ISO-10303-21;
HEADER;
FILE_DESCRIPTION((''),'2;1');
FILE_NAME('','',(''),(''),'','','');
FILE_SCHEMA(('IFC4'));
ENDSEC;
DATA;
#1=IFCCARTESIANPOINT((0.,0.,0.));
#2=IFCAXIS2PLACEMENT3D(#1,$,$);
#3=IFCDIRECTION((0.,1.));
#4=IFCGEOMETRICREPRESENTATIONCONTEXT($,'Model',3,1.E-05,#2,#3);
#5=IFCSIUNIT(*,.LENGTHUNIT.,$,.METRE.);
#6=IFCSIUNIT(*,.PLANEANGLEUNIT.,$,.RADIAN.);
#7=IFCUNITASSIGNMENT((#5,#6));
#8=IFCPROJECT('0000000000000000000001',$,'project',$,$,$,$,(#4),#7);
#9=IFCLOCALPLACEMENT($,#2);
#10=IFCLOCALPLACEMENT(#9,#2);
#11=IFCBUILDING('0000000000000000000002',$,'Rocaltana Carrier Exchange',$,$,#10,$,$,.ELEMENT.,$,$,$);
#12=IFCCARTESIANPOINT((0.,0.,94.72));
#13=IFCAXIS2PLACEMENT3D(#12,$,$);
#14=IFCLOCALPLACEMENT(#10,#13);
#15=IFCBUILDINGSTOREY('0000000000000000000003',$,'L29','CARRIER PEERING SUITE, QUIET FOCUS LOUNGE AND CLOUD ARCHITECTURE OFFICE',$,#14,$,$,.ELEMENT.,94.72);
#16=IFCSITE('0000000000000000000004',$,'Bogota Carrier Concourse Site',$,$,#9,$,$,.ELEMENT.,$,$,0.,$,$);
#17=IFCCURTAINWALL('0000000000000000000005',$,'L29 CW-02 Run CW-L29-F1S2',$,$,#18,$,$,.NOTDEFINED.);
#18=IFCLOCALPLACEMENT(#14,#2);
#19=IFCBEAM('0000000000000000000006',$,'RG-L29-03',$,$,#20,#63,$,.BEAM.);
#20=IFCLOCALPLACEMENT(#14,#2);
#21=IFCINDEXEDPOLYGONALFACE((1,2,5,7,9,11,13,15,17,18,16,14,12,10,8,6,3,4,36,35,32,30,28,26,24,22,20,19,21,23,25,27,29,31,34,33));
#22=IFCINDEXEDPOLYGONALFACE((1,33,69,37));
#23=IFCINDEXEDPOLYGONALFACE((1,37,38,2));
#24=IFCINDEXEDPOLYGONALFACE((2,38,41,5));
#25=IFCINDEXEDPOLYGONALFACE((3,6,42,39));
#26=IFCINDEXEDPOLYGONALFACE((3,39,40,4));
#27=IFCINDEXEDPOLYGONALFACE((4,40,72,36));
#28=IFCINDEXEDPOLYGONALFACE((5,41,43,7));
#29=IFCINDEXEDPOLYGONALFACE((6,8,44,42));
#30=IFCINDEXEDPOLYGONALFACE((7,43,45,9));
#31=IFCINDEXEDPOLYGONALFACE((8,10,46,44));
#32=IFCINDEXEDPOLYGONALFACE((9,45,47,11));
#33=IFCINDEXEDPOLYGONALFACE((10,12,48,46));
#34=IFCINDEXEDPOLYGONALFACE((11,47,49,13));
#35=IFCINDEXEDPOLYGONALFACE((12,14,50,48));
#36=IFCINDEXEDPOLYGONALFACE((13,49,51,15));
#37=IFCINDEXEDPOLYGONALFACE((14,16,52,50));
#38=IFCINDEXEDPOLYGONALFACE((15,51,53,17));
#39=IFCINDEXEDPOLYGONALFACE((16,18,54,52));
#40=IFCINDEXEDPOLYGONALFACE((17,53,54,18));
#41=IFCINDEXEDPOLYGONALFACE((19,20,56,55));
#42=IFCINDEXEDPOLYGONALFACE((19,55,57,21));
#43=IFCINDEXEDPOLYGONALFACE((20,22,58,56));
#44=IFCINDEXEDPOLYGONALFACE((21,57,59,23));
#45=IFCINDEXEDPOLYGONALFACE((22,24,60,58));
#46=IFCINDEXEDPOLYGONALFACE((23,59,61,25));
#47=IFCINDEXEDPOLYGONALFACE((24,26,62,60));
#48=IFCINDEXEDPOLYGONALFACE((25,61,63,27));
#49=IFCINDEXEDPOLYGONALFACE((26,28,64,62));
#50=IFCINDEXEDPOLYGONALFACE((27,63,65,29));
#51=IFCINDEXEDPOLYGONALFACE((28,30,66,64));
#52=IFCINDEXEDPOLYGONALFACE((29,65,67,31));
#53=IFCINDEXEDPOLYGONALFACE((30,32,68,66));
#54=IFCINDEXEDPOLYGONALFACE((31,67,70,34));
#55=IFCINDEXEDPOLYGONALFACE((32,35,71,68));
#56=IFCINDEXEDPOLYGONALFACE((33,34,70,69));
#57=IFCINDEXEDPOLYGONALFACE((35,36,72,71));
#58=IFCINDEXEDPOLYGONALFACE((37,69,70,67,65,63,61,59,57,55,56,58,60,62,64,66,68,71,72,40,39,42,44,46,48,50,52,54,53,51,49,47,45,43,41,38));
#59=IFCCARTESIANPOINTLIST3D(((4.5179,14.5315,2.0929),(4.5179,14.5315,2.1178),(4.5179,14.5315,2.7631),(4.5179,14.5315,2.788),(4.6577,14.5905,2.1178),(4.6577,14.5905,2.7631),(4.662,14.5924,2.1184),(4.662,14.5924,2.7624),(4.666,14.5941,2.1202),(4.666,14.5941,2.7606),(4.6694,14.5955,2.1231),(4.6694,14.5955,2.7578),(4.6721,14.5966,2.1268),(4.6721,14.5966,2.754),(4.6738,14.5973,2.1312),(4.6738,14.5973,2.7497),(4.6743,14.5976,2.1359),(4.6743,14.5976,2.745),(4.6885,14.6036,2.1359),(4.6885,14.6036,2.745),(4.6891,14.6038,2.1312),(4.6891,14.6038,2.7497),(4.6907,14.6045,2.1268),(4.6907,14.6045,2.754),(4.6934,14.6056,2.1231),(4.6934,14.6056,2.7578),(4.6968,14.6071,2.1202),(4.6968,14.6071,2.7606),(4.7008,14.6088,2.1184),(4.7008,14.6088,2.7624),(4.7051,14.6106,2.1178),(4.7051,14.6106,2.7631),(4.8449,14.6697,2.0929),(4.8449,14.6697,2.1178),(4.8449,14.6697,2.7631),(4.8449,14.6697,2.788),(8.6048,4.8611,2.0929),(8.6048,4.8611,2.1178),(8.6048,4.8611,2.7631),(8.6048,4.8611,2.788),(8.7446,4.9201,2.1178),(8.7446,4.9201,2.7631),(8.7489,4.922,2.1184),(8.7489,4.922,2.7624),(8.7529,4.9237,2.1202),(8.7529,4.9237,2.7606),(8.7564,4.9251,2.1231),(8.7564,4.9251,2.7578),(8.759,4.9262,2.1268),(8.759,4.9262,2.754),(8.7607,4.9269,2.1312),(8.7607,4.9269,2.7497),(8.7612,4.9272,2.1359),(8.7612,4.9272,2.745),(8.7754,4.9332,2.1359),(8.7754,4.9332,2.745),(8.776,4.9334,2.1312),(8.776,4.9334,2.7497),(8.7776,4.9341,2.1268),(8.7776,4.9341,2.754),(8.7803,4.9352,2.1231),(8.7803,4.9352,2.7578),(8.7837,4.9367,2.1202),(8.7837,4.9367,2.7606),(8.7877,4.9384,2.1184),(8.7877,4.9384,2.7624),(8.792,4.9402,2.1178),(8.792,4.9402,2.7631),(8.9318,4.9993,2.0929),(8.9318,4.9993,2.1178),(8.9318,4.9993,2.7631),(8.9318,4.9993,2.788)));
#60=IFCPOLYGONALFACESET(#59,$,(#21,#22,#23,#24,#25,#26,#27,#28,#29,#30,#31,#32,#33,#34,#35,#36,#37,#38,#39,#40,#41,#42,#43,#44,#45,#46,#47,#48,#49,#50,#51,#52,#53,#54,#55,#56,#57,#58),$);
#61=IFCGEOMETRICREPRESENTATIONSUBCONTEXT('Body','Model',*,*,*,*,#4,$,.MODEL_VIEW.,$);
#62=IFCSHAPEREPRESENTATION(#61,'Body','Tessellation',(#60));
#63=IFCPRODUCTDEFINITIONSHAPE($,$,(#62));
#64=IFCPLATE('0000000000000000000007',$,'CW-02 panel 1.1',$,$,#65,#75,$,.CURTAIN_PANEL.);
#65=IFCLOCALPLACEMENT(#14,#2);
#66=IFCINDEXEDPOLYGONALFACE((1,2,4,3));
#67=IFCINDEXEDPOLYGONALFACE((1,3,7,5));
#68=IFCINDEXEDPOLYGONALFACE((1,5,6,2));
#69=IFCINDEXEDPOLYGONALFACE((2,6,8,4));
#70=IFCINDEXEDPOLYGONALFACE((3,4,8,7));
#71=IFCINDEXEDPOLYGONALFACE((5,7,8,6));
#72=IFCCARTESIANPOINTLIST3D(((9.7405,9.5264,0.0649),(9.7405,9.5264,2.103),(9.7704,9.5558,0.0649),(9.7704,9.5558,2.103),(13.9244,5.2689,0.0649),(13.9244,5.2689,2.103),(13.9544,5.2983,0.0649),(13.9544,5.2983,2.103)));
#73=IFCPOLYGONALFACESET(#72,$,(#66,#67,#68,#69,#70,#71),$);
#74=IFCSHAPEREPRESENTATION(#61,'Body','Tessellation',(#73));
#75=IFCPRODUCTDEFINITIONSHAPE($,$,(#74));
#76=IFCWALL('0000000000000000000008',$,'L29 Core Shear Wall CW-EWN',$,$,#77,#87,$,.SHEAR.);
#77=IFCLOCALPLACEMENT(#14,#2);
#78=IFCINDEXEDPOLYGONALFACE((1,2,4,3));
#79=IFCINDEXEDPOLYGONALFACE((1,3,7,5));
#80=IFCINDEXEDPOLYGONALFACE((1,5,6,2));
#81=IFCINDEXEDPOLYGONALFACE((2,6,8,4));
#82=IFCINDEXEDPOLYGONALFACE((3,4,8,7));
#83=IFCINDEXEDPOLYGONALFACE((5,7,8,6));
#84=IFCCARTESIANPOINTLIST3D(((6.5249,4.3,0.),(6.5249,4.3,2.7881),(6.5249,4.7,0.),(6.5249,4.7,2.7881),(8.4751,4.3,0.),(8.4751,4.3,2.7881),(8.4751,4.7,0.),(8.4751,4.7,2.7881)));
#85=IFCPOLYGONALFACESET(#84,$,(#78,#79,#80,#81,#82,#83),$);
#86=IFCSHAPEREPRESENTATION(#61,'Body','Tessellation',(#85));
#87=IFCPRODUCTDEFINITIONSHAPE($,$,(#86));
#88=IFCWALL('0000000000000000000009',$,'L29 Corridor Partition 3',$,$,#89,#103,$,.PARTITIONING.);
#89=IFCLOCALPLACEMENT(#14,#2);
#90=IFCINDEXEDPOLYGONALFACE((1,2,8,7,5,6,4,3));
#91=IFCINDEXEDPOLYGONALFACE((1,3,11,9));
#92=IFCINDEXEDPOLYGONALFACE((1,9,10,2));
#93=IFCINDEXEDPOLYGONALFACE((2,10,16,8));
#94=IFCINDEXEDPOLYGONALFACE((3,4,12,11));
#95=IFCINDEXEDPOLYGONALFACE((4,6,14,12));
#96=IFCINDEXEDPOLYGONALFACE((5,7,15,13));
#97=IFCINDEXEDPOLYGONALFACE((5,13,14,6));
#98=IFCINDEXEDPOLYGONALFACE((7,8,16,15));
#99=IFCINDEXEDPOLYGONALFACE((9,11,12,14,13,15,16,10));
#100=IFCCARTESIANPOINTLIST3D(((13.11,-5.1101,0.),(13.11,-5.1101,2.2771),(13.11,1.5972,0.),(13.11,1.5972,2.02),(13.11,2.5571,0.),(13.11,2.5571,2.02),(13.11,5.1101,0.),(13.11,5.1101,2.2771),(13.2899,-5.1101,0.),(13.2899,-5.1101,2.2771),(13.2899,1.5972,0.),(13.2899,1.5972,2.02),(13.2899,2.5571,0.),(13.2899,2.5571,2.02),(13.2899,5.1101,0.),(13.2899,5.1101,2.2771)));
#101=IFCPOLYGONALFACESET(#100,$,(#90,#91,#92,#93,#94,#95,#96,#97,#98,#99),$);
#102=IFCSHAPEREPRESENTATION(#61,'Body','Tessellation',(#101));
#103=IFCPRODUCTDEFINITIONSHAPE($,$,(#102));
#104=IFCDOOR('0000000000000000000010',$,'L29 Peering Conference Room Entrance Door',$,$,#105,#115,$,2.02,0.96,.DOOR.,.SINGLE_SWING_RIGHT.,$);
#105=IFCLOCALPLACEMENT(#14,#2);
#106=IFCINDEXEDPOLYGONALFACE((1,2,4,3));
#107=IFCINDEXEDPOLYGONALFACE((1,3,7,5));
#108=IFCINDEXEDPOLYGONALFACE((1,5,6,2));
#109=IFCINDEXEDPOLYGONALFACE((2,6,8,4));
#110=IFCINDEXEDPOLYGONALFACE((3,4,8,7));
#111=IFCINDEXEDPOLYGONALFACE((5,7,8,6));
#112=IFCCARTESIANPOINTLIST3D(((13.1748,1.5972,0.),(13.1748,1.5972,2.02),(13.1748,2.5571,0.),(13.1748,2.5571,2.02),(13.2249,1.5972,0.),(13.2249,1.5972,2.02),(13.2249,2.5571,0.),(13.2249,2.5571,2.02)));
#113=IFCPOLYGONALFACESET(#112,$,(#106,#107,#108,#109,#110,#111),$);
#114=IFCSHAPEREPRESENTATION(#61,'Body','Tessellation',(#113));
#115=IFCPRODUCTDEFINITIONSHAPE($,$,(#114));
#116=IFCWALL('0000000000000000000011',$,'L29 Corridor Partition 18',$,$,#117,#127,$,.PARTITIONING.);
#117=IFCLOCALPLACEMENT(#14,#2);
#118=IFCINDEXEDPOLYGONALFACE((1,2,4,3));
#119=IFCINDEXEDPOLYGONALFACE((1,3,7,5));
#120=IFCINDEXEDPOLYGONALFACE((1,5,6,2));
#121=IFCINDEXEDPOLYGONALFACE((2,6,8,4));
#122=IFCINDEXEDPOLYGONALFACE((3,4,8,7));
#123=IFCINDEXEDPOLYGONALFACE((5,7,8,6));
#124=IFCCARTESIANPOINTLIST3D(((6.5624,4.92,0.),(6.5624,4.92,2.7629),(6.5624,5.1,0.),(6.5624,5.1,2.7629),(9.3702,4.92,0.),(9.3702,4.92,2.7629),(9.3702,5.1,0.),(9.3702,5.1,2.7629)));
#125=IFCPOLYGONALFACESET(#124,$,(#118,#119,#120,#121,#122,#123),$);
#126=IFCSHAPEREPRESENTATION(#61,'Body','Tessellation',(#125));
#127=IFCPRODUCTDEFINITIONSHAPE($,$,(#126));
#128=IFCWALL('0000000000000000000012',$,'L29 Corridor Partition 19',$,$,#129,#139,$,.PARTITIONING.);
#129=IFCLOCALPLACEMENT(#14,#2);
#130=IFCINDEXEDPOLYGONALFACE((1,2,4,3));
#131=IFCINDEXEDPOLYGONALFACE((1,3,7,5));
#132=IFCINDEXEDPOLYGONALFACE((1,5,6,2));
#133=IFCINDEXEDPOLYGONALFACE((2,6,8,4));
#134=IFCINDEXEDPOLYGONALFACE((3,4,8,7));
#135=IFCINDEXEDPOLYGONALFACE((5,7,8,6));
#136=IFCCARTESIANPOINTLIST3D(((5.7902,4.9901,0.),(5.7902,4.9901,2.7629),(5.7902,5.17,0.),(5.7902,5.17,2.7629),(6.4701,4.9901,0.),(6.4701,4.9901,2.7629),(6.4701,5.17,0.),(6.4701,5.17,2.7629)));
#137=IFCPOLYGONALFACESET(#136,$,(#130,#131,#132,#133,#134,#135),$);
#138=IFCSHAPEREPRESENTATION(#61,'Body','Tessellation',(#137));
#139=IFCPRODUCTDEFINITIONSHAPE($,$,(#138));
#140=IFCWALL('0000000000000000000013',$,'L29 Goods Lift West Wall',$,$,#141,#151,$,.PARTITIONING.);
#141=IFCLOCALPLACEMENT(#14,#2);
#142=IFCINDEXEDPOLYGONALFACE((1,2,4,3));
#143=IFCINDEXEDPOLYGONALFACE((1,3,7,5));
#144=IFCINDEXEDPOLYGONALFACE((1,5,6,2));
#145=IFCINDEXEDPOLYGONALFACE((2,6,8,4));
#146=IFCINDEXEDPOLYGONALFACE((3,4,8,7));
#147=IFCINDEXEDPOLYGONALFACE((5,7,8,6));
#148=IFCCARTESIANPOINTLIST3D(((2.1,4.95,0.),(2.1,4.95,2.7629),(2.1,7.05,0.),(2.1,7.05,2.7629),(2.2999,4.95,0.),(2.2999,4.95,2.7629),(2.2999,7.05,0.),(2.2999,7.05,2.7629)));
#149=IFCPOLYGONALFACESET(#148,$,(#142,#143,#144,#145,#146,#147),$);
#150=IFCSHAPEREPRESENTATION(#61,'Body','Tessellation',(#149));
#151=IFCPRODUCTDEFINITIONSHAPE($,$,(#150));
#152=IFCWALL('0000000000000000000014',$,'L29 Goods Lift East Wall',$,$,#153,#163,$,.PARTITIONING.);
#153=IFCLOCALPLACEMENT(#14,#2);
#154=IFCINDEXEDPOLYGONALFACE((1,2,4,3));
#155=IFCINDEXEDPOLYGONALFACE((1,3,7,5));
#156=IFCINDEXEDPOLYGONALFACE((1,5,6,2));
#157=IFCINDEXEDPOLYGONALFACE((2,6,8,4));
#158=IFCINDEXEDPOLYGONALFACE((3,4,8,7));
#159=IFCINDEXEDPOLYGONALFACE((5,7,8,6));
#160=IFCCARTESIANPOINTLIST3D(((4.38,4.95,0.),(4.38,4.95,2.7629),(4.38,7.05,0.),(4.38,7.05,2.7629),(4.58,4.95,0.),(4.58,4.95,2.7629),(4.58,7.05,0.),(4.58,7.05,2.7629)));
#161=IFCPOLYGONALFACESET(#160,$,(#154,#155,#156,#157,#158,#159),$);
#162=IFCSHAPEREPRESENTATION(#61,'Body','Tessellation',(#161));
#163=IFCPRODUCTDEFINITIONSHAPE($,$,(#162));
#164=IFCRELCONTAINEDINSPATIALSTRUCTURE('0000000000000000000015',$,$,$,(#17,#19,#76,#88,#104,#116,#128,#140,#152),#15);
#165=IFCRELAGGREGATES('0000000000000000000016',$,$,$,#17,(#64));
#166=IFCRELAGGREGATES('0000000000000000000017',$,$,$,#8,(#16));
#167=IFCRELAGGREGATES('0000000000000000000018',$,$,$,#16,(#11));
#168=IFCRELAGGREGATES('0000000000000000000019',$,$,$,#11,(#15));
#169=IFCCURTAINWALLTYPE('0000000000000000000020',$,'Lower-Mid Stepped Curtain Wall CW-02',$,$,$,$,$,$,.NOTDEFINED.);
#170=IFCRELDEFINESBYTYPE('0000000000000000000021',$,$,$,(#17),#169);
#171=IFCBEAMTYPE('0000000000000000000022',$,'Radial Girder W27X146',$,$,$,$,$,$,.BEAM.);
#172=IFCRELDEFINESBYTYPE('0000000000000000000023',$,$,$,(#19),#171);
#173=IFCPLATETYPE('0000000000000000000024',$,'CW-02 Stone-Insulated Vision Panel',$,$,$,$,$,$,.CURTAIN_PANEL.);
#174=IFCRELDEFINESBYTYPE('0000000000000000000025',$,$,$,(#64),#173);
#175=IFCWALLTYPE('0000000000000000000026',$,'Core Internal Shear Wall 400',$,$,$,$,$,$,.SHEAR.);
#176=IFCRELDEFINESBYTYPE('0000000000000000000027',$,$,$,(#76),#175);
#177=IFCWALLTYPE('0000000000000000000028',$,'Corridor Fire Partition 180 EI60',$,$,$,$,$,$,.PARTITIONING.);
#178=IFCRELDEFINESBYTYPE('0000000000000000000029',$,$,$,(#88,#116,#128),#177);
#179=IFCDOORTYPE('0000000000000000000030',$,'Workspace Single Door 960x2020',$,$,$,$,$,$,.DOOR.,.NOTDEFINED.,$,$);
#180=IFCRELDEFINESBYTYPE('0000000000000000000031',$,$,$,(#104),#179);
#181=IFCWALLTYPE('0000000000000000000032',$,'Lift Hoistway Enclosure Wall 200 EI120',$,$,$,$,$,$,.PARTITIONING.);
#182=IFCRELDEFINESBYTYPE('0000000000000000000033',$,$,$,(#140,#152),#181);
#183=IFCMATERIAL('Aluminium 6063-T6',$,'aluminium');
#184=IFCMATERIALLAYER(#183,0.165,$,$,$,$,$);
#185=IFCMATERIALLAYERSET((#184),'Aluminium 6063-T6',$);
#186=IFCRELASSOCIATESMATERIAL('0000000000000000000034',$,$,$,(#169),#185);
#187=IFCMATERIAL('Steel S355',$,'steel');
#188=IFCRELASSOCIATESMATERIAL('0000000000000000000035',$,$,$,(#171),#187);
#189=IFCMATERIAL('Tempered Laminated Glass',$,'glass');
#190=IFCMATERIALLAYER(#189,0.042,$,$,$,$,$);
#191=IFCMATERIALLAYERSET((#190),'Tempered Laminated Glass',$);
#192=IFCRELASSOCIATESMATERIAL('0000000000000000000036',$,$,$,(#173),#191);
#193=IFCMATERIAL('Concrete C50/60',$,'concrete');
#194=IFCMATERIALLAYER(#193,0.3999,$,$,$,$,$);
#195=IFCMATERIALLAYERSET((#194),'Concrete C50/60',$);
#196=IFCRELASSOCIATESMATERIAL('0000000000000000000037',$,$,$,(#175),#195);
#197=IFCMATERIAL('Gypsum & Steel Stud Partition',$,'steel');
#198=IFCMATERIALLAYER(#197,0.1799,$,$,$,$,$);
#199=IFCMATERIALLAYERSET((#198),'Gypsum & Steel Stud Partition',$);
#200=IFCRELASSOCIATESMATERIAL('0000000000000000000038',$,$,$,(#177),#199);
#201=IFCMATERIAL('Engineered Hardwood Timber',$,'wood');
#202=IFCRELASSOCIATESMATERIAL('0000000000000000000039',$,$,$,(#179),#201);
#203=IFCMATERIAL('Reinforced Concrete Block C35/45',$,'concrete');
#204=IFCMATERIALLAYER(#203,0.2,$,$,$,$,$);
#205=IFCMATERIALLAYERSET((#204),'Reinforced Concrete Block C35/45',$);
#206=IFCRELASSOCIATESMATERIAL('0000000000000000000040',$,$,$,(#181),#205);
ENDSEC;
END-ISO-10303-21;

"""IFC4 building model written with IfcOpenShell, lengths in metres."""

from ifc_helpers import new_model, si_unit, direction, frame, frame_2d, origin, origin_2d, place, context, subcontext, project, spatial, rectangle, i_section, extrude, material, layer, layer_set, material_profile, profile_set, type_object, element, fill, aggregate, save


model = new_model("IFC4")

# Units and contexts
model_context = context("Model", 3, precision=1e-05, world=origin(), true_north=direction((0.0, 1.0)))
body_context = subcontext(model_context, "Body", "Model", "MODEL_VIEW")
ifc_project = project(units=[si_unit("LENGTHUNIT", "METRE"), si_unit("PLANEANGLEUNIT", "RADIAN")], contexts=[model_context])

# Site, building, storey
site_placement = place(None, origin())
site = spatial("IfcSite", under=ifc_project, at=site_placement, Name="Bogota Carrier Concourse Site", CompositionType="ELEMENT", RefElevation=0.0)
building_placement = place(site_placement, origin())
building = spatial("IfcBuilding", under=site, at=building_placement, Name="Rocaltana Carrier Exchange", CompositionType="ELEMENT")
storey_placement = place(building_placement, frame((0.0, 0.0, 94.72)))
storey = spatial("IfcBuildingStorey", under=building, at=storey_placement, Name="L29", Description="CARRIER PEERING SUITE, QUIET FOCUS LOUNGE AND CLOUD ARCHITECTURE OFFICE", CompositionType="ELEMENT", Elevation=94.72)

# Curtain wall
ifc_material_1 = material(Name="Aluminium 6063-T6", Category="aluminium")
ifc_layer_1 = layer(ifc_material_1, 0.165)
ifc_layer_set_1 = layer_set([ifc_layer_1], Name="Aluminium 6063-T6")
curtain_wall_type = type_object("IfcCurtainWallType", Name="Lower-Mid Stepped Curtain Wall CW-02", PredefinedType="NOTDEFINED", material=ifc_layer_set_1)
curtain_wall_placement = place(storey_placement, origin())
curtain_wall = element("IfcCurtainWall", 1, at=curtain_wall_placement, inside=storey, type_object=curtain_wall_type, Name="L29 CW-02 Run CW-L29-F1S2", PredefinedType="NOTDEFINED")

# Beam
ifc_material_2 = material(Name="Steel S355", Category="steel")
ifc_material_profile_1 = material_profile(ifc_material_2, i_section(OverallWidth=0.355, OverallDepth=0.6951, WebThickness=0.0154, FlangeThickness=0.0249, FilletRadius=0.0181, at=origin_2d()), Name="W27X146")
ifc_profile_set_1 = profile_set([ifc_material_profile_1], Name="Steel S355")
beam_type_1 = type_object("IfcBeamType", Name="Radial Girder W27X146", PredefinedType="BEAM", material=ifc_profile_set_1)
beam_1_placement = place(storey_placement, frame((8.7683, 4.9302, 2.4404), z_axis=(-0.389283, 0.921118, 0.0), x_axis=(-0.921118, -0.389283, 0.0)))
element("IfcBeam", 2, at=beam_1_placement, inside=storey, type_object=beam_type_1, Name="RG-L29-03", PredefinedType="BEAM", context=body_context, shape_type="SweptSolid", body=[
    extrude(i_section(OverallWidth=0.355, OverallDepth=0.6951, WebThickness=0.0154, FlangeThickness=0.0249, FilletRadius=0.0181, at=origin_2d()), origin(), (0.0, 0.0, 1.0), 10.4985),
])

# Plate
ifc_material_3 = material(Name="Tempered Laminated Glass", Category="glass")
ifc_layer_2 = layer(ifc_material_3, 0.042)
ifc_layer_set_2 = layer_set([ifc_layer_2], Name="Tempered Laminated Glass")
plate_type = type_object("IfcPlateType", Name="CW-02 Stone-Insulated Vision Panel", PredefinedType="CURTAIN_PANEL", material=ifc_layer_set_2)
plate_placement = place(storey_placement, frame((11.8474, 7.4124, 0.0649), z_axis=(0.0, 0.0, 1.0), x_axis=(-0.700915, 0.713245, 0.0)))
plate = element("IfcPlate", 3, at=plate_placement, type_object=plate_type, Name="CW-02 panel 1.1", PredefinedType="CURTAIN_PANEL", context=body_context, shape_type="SweptSolid", body=[
    extrude(rectangle(XDim=5.9692, YDim=0.042, at=origin_2d()), origin(), (0.0, 0.0, 1.0), 2.0381),
])
aggregate(curtain_wall, [plate])

# Wall
ifc_material_4 = material(Name="Concrete C50/60", Category="concrete")
ifc_layer_3 = layer(ifc_material_4, 0.3999)
ifc_layer_set_3 = layer_set([ifc_layer_3], Name="Concrete C50/60")
wall_type_1 = type_object("IfcWallType", Name="Core Internal Shear Wall 400", PredefinedType="SHEAR", material=ifc_layer_set_3)
wall_1_placement = place(storey_placement, frame((6.5249, 4.5, 0.0), z_axis=(0.0, 0.0, 1.0), x_axis=(1.0, 0.0, 0.0)))
element("IfcWall", 4, at=wall_1_placement, inside=storey, type_object=wall_type_1, Name="L29 Core Shear Wall CW-EWN", PredefinedType="SHEAR", context=body_context, shape_type="SweptSolid", body=[
    extrude(rectangle(XDim=1.9502, YDim=0.3999, at=frame_2d((0.9751, 0.0))), origin(), (0.0, 0.0, 1.0), 2.7881),
])

# Wall, opening, door
ifc_material_5 = material(Name="Gypsum & Steel Stud Partition", Category="steel")
ifc_layer_4 = layer(ifc_material_5, 0.1799)
ifc_layer_set_4 = layer_set([ifc_layer_4], Name="Gypsum & Steel Stud Partition")
wall_type_2 = type_object("IfcWallType", Name="Corridor Fire Partition 180 EI60", PredefinedType="PARTITIONING", material=ifc_layer_set_4)
wall_2_placement = place(storey_placement, frame((13.2, 5.1101, 0.0), z_axis=(0.0, 0.0, 1.0), x_axis=(0.0, -1.0, 0.0)))
wall_2 = element("IfcWall", 5, at=wall_2_placement, inside=storey, type_object=wall_type_2, Name="L29 Corridor Partition 3", PredefinedType="PARTITIONING", context=body_context, shape_type="SweptSolid", body=[
    extrude(rectangle(XDim=10.2202, YDim=0.1799, at=frame_2d((5.1101, 0.0))), origin(), (0.0, 0.0, 1.0), 2.2771),
])
opening_1_placement = place(wall_2_placement, frame((2.553, 0.0, 0.0)))
opening_1 = element("IfcOpeningElement", 6, at=opening_1_placement, cuts=wall_2, PredefinedType="OPENING", context=body_context, shape_type="SweptSolid", body=[
    extrude(rectangle(XDim=0.96, YDim=2.02, at=frame_2d((0.48, 1.01))), frame((0.0, 0.0999, 0.0), z_axis=(0.0, -1.0, 0.0), x_axis=(1.0, 0.0, 0.0)), (0.0, 0.0, 1.0), 0.2),
])
ifc_material_6 = material(Name="Engineered Hardwood Timber", Category="wood")
door_type_1 = type_object("IfcDoorType", Name="Workspace Single Door 960x2020", OperationType="NOTDEFINED", PredefinedType="DOOR", material=ifc_material_6)
door_1_placement = place(opening_1_placement, origin())
door_1 = element("IfcDoor", 7, at=door_1_placement, inside=storey, type_object=door_type_1, Name="L29 Peering Conference Room Entrance Door", OperationType="SINGLE_SWING_RIGHT", OverallHeight=2.02, OverallWidth=0.96, PredefinedType="DOOR", context=body_context, shape_type="SweptSolid", body=[
    extrude(rectangle(XDim=0.96, YDim=2.02, at=frame_2d((0.48, 1.01))), frame((0.0, 0.0249, 0.0), z_axis=(0.0, -1.0, 0.0), x_axis=(1.0, 0.0, 0.0)), (0.0, 0.0, 1.0), 0.05),
])
fill(opening_1, door_1)

# Walls
wall_3_placement = place(storey_placement, frame((9.3701, 5.01, 0.0), z_axis=(0.0, 0.0, 1.0), x_axis=(-1.0, 0.0, 0.0)))
element("IfcWall", 8, at=wall_3_placement, inside=storey, type_object=wall_type_2, Name="L29 Corridor Partition 18", PredefinedType="PARTITIONING", context=body_context, shape_type="SweptSolid", body=[
    extrude(rectangle(XDim=2.8079, YDim=0.1799, at=frame_2d((1.4038, 0.0))), origin(), (0.0, 0.0, 1.0), 2.7629),
])
wall_4_placement = place(storey_placement, frame((6.47, 5.0801, 0.0), z_axis=(0.0, 0.0, 1.0), x_axis=(-1.0, 0.0, 0.0)))
element("IfcWall", 9, at=wall_4_placement, inside=storey, type_object=wall_type_2, Name="L29 Corridor Partition 19", PredefinedType="PARTITIONING", context=body_context, shape_type="SweptSolid", body=[
    extrude(rectangle(XDim=0.6799, YDim=0.1799, at=frame_2d((0.3398, 0.0))), origin(), (0.0, 0.0, 1.0), 2.7629),
])
ifc_material_7 = material(Name="Reinforced Concrete Block C35/45", Category="concrete")
ifc_layer_5 = layer(ifc_material_7, 0.2)
ifc_layer_set_5 = layer_set([ifc_layer_5], Name="Reinforced Concrete Block C35/45")
wall_type_3 = type_object("IfcWallType", Name="Lift Hoistway Enclosure Wall 200 EI120", PredefinedType="PARTITIONING", material=ifc_layer_set_5)
for number, where, z_axis, x_axis, name in (
    (10, (2.2, 4.95, 0.0), (0.0, 0.0, 1.0), (0.0, 1.0, 0.0), "L29 Goods Lift West Wall"),
    (11, (4.48, 4.95, 0.0), (0.0, 0.0, 1.0), (0.0, 1.0, 0.0), "L29 Goods Lift East Wall"),
):
    element("IfcWall", number, at=place(storey_placement, frame(where, z_axis=z_axis, x_axis=x_axis)), inside=storey, type_object=wall_type_3, Name=name, PredefinedType="PARTITIONING", context=body_context, shape_type="SweptSolid", body=[
        extrude(rectangle(XDim=2.1001, YDim=0.2, at=frame_2d((1.05, 0.0))), origin(), (0.0, 0.0, 1.0), 2.7629),
    ])

save(model, "model.ifc")
